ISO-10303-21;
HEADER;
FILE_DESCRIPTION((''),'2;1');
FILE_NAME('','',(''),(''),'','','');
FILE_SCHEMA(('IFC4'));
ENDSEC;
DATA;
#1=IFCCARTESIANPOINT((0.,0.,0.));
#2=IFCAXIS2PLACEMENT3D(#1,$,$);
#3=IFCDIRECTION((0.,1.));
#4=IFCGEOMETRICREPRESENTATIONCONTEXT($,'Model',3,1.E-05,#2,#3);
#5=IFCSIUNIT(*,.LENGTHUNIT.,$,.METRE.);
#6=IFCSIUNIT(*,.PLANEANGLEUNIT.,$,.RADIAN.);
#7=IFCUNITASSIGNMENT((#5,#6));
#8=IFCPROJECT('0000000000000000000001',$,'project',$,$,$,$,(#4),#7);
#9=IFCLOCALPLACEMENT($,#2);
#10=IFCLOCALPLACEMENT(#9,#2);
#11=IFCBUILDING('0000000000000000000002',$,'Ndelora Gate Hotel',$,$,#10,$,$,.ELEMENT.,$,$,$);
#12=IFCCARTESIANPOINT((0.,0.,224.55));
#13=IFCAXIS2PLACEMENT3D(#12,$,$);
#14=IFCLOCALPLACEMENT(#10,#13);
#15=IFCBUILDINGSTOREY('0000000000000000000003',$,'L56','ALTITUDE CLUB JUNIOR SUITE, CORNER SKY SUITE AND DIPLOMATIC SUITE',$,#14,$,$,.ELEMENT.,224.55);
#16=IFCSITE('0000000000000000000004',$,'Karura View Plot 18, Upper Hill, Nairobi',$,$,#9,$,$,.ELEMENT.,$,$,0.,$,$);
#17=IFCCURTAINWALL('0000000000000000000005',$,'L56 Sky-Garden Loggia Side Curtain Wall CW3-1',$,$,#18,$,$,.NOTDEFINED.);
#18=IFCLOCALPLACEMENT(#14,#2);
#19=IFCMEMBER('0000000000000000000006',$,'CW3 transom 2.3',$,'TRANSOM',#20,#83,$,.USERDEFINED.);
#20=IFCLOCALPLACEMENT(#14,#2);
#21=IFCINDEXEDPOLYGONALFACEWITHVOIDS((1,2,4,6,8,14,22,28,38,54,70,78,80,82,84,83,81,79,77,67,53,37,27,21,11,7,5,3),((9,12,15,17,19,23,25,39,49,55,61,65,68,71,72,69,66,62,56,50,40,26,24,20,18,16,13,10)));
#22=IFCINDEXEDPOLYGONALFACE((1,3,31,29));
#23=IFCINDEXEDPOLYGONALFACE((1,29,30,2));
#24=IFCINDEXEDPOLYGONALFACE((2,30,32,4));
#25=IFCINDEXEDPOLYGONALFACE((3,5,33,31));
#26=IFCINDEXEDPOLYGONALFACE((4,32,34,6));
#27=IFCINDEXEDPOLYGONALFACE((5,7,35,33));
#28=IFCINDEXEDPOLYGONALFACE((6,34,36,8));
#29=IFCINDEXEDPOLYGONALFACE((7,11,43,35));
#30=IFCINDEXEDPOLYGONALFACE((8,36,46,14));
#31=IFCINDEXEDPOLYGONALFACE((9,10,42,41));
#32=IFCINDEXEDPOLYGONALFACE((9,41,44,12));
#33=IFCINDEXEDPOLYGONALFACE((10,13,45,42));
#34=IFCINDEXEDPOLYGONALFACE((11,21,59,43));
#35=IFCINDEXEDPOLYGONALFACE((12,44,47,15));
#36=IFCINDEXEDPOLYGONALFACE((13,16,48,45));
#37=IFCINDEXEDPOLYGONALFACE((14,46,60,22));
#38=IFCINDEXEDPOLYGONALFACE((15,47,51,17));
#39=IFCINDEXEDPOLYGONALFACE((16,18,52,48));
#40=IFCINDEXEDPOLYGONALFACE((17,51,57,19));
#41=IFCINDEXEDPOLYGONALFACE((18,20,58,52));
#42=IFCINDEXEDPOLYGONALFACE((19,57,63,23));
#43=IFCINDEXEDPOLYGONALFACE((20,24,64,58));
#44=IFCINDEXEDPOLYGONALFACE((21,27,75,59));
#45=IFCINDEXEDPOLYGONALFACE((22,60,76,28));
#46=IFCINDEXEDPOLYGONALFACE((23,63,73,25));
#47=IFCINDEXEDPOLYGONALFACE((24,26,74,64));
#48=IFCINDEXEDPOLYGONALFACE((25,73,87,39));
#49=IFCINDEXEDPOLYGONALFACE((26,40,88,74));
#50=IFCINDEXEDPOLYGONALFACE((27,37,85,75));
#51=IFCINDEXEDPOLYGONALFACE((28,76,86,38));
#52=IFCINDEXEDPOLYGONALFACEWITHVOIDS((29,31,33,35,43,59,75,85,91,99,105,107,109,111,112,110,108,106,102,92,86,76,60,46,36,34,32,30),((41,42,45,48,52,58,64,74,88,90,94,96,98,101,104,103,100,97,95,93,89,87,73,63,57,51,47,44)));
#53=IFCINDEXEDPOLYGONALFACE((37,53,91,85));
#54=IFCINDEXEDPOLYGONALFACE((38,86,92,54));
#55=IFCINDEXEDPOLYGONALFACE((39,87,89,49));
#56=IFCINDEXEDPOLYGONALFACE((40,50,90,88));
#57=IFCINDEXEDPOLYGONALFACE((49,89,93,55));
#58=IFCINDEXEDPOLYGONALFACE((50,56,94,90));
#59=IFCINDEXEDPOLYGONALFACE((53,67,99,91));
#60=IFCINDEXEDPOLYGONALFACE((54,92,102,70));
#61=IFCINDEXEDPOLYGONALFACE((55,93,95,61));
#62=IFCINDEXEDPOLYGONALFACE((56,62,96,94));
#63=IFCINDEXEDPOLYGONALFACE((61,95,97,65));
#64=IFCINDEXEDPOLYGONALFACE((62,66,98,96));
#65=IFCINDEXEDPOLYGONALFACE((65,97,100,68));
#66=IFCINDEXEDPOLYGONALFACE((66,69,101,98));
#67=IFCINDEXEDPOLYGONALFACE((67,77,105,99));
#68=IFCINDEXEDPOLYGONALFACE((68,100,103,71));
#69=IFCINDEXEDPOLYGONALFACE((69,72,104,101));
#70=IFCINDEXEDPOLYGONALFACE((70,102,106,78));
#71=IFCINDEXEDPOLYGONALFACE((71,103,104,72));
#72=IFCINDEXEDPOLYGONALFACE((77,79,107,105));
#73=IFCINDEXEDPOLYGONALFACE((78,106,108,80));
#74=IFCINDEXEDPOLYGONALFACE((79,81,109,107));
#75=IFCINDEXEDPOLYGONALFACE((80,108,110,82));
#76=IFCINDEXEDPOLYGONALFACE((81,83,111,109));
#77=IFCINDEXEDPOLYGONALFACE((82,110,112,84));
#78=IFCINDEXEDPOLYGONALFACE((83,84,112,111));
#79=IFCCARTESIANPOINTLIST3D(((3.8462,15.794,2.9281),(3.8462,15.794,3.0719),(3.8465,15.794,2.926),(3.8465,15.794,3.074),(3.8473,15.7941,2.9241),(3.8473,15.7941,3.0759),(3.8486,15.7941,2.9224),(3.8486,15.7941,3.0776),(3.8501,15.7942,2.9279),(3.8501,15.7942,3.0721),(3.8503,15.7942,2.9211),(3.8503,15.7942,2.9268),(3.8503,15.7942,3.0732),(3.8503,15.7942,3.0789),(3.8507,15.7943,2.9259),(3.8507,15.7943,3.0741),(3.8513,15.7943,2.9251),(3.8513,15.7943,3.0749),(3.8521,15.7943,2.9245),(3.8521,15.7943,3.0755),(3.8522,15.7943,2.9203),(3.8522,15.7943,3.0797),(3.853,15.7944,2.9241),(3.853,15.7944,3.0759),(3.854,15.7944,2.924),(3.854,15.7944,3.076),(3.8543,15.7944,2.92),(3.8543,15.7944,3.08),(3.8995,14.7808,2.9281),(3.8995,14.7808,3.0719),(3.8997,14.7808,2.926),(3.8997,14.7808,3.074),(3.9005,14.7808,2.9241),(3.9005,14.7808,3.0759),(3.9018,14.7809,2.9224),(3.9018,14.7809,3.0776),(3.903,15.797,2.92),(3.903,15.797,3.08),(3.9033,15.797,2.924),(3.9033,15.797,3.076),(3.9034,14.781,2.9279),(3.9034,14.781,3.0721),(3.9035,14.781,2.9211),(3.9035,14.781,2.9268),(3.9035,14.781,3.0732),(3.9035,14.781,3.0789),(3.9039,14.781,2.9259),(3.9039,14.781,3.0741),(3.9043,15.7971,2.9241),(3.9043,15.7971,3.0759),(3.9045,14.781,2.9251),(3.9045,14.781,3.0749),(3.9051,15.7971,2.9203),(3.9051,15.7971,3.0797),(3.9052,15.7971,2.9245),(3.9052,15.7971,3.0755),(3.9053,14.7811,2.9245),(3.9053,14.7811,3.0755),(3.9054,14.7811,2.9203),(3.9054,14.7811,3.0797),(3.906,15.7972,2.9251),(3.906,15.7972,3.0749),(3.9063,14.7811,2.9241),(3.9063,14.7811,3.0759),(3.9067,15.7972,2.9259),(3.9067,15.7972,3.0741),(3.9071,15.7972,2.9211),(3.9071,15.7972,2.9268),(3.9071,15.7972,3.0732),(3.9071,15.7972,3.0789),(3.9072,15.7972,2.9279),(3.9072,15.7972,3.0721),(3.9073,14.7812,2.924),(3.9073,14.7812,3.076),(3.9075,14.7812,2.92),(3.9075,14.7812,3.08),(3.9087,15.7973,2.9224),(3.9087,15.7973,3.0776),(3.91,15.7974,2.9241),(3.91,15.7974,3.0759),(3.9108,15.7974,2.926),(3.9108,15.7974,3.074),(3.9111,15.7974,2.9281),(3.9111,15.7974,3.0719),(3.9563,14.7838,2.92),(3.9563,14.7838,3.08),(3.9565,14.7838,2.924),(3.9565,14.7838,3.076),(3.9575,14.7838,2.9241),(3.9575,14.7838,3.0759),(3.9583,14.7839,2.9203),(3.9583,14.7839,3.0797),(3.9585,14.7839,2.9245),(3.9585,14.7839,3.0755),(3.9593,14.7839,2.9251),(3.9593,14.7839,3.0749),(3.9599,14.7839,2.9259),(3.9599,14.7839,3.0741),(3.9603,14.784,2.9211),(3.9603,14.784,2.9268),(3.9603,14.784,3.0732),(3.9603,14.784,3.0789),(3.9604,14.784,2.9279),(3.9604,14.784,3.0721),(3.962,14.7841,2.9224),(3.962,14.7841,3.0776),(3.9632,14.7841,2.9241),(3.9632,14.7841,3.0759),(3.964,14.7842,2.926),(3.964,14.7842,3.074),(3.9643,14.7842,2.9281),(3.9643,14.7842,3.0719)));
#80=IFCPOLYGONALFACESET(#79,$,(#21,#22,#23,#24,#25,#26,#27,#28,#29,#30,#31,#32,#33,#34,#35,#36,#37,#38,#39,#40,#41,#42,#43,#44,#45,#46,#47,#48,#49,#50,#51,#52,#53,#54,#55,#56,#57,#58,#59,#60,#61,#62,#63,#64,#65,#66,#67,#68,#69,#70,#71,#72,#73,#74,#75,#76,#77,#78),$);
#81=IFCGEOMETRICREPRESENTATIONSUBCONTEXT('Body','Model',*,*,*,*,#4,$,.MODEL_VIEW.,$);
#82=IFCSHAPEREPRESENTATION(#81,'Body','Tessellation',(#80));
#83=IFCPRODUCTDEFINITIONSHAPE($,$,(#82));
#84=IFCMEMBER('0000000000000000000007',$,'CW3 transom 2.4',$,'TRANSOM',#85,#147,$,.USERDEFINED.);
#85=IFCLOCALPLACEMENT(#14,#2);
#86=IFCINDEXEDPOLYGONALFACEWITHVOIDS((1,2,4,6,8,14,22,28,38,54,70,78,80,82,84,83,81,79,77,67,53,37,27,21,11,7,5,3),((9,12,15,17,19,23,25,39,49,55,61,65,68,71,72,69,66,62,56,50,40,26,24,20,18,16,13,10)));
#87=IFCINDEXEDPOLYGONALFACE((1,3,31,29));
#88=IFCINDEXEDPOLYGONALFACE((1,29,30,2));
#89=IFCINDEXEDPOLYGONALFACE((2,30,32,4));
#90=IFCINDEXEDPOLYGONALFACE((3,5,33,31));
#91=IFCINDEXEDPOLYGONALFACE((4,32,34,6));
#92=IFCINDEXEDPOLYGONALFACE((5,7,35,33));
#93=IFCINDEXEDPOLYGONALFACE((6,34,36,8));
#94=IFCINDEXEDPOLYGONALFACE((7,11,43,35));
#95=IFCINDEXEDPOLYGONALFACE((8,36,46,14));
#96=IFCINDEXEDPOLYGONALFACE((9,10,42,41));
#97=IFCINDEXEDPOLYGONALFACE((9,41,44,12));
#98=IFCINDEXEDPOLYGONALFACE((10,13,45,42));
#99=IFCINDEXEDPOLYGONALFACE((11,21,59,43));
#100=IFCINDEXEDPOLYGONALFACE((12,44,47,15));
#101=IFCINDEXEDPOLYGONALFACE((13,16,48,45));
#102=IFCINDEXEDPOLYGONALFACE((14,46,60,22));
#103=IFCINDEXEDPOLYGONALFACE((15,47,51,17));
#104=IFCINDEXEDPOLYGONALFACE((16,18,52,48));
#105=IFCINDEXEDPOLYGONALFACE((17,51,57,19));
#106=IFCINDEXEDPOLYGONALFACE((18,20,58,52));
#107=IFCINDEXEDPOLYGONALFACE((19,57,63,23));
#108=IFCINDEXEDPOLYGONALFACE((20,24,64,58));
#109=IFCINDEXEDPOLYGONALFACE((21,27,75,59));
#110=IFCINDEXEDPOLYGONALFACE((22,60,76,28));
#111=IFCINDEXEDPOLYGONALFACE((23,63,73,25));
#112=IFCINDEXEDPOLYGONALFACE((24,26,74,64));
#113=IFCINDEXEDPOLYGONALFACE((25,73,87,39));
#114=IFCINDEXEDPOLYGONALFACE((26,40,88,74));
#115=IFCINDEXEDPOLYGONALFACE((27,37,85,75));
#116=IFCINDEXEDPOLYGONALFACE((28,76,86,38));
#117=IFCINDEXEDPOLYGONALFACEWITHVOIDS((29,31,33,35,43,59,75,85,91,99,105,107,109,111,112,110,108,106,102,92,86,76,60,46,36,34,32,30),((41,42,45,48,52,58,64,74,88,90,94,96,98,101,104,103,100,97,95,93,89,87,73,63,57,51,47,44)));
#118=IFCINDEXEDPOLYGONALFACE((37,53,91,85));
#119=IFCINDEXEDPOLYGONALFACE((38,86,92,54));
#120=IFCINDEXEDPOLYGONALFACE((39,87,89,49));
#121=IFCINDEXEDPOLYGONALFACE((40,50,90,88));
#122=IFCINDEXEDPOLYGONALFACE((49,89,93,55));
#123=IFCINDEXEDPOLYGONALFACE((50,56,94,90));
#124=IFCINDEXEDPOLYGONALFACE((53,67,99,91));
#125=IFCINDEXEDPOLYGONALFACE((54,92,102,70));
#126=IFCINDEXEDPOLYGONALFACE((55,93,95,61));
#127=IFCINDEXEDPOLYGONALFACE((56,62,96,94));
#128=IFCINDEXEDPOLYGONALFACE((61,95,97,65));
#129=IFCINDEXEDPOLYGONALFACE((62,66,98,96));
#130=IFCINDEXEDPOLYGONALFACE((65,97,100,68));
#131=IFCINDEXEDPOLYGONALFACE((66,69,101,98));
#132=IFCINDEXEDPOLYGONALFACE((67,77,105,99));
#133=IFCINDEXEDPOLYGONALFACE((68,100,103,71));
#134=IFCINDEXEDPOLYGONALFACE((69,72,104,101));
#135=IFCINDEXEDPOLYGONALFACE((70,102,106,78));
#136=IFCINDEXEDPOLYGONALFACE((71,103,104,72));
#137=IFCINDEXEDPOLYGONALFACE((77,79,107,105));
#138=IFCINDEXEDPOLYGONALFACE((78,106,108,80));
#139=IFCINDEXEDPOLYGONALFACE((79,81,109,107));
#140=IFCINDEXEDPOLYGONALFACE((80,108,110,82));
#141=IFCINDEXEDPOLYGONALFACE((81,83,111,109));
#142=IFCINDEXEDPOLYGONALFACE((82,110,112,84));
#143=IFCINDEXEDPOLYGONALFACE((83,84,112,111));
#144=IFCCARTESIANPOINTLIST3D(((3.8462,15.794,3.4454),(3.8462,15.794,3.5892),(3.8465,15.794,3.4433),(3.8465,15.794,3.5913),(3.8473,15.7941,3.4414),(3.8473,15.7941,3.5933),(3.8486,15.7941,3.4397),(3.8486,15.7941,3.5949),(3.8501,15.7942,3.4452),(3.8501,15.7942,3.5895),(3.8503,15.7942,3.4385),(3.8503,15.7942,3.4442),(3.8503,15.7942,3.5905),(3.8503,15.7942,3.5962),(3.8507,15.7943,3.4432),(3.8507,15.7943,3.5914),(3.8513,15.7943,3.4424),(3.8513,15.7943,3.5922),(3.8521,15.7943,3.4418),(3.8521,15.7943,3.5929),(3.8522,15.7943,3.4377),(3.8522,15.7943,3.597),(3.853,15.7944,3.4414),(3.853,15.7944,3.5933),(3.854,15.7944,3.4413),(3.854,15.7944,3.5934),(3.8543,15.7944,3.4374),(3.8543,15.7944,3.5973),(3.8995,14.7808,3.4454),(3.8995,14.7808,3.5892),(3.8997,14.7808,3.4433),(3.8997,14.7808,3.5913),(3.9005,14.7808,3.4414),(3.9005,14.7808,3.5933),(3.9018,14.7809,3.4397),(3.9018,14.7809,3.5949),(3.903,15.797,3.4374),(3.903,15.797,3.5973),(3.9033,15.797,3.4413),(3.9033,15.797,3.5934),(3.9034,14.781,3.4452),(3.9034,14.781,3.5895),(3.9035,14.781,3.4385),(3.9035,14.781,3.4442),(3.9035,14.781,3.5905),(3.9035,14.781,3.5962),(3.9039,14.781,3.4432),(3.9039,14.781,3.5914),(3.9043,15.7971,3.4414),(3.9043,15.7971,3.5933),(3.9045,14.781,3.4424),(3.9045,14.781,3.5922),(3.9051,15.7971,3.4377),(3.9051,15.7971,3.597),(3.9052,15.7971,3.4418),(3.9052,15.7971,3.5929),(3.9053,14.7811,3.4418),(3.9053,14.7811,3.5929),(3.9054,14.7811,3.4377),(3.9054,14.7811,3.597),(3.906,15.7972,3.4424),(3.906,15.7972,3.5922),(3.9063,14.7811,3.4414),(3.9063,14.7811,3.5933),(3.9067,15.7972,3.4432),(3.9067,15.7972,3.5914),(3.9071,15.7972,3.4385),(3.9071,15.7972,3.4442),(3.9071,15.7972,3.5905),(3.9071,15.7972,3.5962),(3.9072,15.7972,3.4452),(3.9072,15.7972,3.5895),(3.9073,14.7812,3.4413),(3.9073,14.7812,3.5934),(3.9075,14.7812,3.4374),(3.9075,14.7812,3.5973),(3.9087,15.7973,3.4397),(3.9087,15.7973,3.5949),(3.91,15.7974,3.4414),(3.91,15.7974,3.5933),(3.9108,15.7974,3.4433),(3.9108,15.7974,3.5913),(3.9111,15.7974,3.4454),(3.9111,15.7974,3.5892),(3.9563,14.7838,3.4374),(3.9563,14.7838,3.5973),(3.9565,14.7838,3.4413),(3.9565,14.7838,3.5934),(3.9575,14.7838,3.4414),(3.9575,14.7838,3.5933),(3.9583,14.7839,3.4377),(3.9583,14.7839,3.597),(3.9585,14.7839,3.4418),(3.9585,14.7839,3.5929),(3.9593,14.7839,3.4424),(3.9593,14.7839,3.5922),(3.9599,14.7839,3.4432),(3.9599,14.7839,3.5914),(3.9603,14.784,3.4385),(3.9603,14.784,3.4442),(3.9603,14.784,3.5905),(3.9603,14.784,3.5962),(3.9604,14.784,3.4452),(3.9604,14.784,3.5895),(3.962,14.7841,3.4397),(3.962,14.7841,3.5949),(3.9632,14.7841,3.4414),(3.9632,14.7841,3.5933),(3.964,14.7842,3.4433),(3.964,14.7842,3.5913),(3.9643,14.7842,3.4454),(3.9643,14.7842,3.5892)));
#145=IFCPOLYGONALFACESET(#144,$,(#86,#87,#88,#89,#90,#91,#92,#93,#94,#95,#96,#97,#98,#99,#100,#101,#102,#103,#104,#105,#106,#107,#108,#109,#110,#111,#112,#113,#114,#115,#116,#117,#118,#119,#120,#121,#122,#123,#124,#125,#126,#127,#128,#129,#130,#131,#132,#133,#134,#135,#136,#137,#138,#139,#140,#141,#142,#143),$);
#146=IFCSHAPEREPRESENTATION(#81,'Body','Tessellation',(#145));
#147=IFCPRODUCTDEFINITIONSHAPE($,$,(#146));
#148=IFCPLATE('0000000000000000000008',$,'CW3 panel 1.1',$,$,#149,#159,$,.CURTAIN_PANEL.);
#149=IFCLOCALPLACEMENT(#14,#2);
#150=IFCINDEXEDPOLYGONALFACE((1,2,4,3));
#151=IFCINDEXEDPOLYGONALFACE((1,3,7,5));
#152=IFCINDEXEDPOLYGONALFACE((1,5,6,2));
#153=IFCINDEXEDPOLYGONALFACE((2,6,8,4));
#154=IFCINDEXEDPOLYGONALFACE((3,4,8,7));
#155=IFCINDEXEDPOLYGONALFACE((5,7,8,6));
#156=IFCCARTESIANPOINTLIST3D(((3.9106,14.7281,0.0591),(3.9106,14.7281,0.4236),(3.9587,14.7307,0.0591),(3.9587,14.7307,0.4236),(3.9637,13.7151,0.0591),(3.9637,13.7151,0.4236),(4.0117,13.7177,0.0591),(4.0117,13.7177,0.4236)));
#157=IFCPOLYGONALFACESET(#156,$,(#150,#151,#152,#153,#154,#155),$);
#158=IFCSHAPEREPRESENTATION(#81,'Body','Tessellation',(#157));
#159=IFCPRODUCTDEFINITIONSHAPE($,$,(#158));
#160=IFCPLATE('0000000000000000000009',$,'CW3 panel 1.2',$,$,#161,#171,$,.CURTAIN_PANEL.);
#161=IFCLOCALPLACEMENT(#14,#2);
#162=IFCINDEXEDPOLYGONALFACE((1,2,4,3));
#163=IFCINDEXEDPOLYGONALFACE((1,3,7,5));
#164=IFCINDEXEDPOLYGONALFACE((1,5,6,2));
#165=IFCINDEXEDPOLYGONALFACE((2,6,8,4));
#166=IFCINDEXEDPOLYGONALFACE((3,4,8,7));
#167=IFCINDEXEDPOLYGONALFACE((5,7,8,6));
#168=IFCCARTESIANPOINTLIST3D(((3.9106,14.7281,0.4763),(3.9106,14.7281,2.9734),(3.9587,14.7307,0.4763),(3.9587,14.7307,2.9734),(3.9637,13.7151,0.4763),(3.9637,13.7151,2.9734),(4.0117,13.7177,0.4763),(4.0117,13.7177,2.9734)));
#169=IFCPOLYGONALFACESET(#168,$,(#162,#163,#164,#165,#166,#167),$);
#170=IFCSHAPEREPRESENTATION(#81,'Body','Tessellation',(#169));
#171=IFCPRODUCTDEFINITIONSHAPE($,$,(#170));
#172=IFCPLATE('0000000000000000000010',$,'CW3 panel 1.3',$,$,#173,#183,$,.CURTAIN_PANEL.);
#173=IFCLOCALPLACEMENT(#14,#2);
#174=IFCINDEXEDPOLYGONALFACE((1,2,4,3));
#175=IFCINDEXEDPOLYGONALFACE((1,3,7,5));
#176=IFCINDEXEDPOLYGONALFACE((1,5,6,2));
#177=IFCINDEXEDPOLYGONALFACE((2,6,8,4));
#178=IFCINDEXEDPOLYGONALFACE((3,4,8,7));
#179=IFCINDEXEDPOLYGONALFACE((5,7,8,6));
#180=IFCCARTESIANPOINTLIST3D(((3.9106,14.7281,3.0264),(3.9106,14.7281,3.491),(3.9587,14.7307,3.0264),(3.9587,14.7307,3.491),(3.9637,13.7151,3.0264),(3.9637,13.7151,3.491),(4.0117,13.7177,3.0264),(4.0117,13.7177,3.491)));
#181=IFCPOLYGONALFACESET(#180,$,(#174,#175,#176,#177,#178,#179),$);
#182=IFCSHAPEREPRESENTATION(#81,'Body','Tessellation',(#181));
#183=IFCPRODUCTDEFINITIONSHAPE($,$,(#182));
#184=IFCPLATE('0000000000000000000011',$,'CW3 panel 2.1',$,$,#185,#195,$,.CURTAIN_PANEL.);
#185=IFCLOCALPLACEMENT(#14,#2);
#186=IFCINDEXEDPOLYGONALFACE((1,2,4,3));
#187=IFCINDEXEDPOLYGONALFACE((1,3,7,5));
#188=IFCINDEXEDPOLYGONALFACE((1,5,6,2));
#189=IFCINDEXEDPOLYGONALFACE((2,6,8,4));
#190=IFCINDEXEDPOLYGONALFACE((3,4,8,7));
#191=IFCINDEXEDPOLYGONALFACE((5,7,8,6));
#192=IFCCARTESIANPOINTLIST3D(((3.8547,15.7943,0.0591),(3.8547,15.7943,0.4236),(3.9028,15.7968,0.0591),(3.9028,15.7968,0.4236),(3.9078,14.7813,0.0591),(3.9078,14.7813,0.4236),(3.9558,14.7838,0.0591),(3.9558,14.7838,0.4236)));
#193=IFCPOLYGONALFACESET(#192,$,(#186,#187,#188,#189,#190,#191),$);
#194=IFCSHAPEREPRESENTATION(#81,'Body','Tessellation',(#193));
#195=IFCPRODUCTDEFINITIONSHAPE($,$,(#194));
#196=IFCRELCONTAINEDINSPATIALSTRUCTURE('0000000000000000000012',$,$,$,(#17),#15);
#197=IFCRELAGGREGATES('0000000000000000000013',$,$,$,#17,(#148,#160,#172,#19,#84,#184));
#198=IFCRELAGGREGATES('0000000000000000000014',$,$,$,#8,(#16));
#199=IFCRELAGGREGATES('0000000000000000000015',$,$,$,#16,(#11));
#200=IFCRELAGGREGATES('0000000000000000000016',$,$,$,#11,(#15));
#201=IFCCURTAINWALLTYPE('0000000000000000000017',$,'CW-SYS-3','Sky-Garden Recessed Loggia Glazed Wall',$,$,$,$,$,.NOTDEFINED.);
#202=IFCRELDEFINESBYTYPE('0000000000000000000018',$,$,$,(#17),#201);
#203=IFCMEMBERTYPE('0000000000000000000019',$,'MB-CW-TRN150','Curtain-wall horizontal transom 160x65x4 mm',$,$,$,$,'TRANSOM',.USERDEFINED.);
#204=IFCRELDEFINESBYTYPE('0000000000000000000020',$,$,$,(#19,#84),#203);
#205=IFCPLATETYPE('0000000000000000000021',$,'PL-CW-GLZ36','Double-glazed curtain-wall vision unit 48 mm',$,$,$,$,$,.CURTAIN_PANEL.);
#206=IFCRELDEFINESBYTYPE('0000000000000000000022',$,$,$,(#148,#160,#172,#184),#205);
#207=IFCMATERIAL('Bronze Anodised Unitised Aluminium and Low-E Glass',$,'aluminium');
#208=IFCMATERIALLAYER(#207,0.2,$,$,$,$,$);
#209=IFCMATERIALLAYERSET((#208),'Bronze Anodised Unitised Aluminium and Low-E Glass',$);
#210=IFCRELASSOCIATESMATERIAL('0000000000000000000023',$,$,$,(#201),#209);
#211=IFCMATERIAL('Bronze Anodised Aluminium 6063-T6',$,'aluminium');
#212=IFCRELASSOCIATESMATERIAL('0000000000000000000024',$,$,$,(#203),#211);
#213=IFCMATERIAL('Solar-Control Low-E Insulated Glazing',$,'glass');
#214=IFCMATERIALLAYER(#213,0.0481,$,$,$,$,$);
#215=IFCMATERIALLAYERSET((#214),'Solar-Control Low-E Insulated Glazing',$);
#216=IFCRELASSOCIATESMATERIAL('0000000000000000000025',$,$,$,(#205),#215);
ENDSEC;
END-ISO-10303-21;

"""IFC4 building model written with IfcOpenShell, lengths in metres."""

from ifc_helpers import new_model, si_unit, direction, frame, origin, origin_2d, place, context, subcontext, project, spatial, rectangle, hollow_rectangle, extrude, material, layer, layer_set, material_profile, profile_set, type_object, element, aggregate, save


model = new_model("IFC4")

# Units and contexts
model_context = context("Model", 3, precision=1e-05, world=origin(), true_north=direction((0.0, 1.0)))
body_context = subcontext(model_context, "Body", "Model", "MODEL_VIEW")
ifc_project = project(units=[si_unit("LENGTHUNIT", "METRE"), si_unit("PLANEANGLEUNIT", "RADIAN")], contexts=[model_context])

# Site, building, storey
site_placement = place(None, origin())
site = spatial("IfcSite", under=ifc_project, at=site_placement, Name="Karura View Plot 18, Upper Hill, Nairobi", CompositionType="ELEMENT", RefElevation=0.0)
building_placement = place(site_placement, origin())
building = spatial("IfcBuilding", under=site, at=building_placement, Name="Ndelora Gate Hotel", CompositionType="ELEMENT")
storey_placement = place(building_placement, frame((0.0, 0.0, 224.55)))
storey = spatial("IfcBuildingStorey", under=building, at=storey_placement, Name="L56", Description="ALTITUDE CLUB JUNIOR SUITE, CORNER SKY SUITE AND DIPLOMATIC SUITE", CompositionType="ELEMENT", Elevation=224.55)

# Curtain wall, members, plates
ifc_material_1 = material(Name="Bronze Anodised Unitised Aluminium and Low-E Glass", Category="aluminium")
ifc_layer_1 = layer(ifc_material_1, 0.2)
ifc_layer_set_1 = layer_set([ifc_layer_1], Name="Bronze Anodised Unitised Aluminium and Low-E Glass")
curtain_wall_type = type_object("IfcCurtainWallType", Name="CW-SYS-3", Description="Sky-Garden Recessed Loggia Glazed Wall", PredefinedType="NOTDEFINED", material=ifc_layer_set_1)
curtain_wall_placement = place(storey_placement, origin())
curtain_wall = element("IfcCurtainWall", 1, at=curtain_wall_placement, inside=storey, type_object=curtain_wall_type, Name="L56 Sky-Garden Loggia Side Curtain Wall CW3-1", PredefinedType="NOTDEFINED")
ifc_material_2 = material(Name="Bronze Anodised Aluminium 6063-T6", Category="aluminium")
ifc_material_profile_1 = material_profile(ifc_material_2, hollow_rectangle(XDim=0.0649, YDim=0.1599, WallThickness=0.0039, InnerFilletRadius=0.0039, OuterFilletRadius=0.0081, at=origin_2d()), Name="ALU 160x65x4")
ifc_profile_set_1 = profile_set([ifc_material_profile_1], Name="Bronze Anodised Aluminium 6063-T6")
member_type_1 = type_object("IfcMemberType", Name="MB-CW-TRN150", Description="Curtain-wall horizontal transom 160x65x4 mm", ElementType="TRANSOM", PredefinedType="USERDEFINED", material=ifc_profile_set_1)
member_1_placement = place(storey_placement, frame((3.9319, 14.7825, 3.0), z_axis=(-0.052458, 0.998623, 0.0), x_axis=(-0.998623, -0.052458, 0.0)))
member_1 = element("IfcMember", 2, at=member_1_placement, type_object=member_type_1, Name="CW3 transom 2.3", ObjectType="TRANSOM", PredefinedType="USERDEFINED", context=body_context, shape_type="SweptSolid", body=[
    extrude(hollow_rectangle(XDim=0.0649, YDim=0.1599, WallThickness=0.0039, InnerFilletRadius=0.0039, OuterFilletRadius=0.0081, at=origin_2d()), origin(), (0.0, 0.0, 1.0), 1.0146),
])
member_2_placement = place(storey_placement, frame((3.9319, 14.7825, 3.5173), z_axis=(-0.052458, 0.998623, 0.0), x_axis=(-0.998623, -0.052458, 0.0)))
member_2 = element("IfcMember", 3, at=member_2_placement, type_object=member_type_1, Name="CW3 transom 2.4", ObjectType="TRANSOM", PredefinedType="USERDEFINED", context=body_context, shape_type="SweptSolid", body=[
    extrude(hollow_rectangle(XDim=0.0649, YDim=0.1599, WallThickness=0.0039, InnerFilletRadius=0.0039, OuterFilletRadius=0.0081, at=origin_2d()), origin(), (0.0, 0.0, 1.0), 1.0146),
])
ifc_material_3 = material(Name="Solar-Control Low-E Insulated Glazing", Category="glass")
ifc_layer_2 = layer(ifc_material_3, 0.0481)
ifc_layer_set_2 = layer_set([ifc_layer_2], Name="Solar-Control Low-E Insulated Glazing")
plate_type = type_object("IfcPlateType", Name="PL-CW-GLZ36", Description="Double-glazed curtain-wall vision unit 48 mm", PredefinedType="CURTAIN_PANEL", material=ifc_layer_set_2)
plate_1_placement = place(storey_placement, frame((3.9612, 14.2229, 0.0591), z_axis=(0.0, 0.0, 1.0), x_axis=(-0.052318, 0.99863, 0.0)))
plate_1 = element("IfcPlate", 4, at=plate_1_placement, type_object=plate_type, Name="CW3 panel 1.1", PredefinedType="CURTAIN_PANEL", context=body_context, shape_type="SweptSolid", body=[
    extrude(rectangle(XDim=1.0144, YDim=0.0481, at=origin_2d()), origin(), (0.0, 0.0, 1.0), 0.3645),
])
plate_2_placement = place(storey_placement, frame((3.9612, 14.2229, 0.4763), z_axis=(0.0, 0.0, 1.0), x_axis=(-0.052318, 0.99863, 0.0)))
plate_2 = element("IfcPlate", 5, at=plate_2_placement, type_object=plate_type, Name="CW3 panel 1.2", PredefinedType="CURTAIN_PANEL", context=body_context, shape_type="SweptSolid", body=[
    extrude(rectangle(XDim=1.0144, YDim=0.0481, at=origin_2d()), origin(), (0.0, 0.0, 1.0), 2.4971),
])
plate_3_placement = place(storey_placement, frame((3.9612, 14.2229, 3.0264), z_axis=(0.0, 0.0, 1.0), x_axis=(-0.052318, 0.99863, 0.0)))
plate_3 = element("IfcPlate", 6, at=plate_3_placement, type_object=plate_type, Name="CW3 panel 1.3", PredefinedType="CURTAIN_PANEL", context=body_context, shape_type="SweptSolid", body=[
    extrude(rectangle(XDim=1.0144, YDim=0.0481, at=origin_2d()), origin(), (0.0, 0.0, 1.0), 0.4646),
])
plate_4_placement = place(storey_placement, frame((3.9053, 15.2891, 0.0591), z_axis=(0.0, 0.0, 1.0), x_axis=(-0.052318, 0.99863, 0.0)))
plate_4 = element("IfcPlate", 7, at=plate_4_placement, type_object=plate_type, Name="CW3 panel 2.1", PredefinedType="CURTAIN_PANEL", context=body_context, shape_type="SweptSolid", body=[
    extrude(rectangle(XDim=1.0144, YDim=0.0481, at=origin_2d()), origin(), (0.0, 0.0, 1.0), 0.3645),
])
aggregate(curtain_wall, [plate_1, plate_2, plate_3, member_1, member_2, plate_4])

save(model, "model.ifc")
